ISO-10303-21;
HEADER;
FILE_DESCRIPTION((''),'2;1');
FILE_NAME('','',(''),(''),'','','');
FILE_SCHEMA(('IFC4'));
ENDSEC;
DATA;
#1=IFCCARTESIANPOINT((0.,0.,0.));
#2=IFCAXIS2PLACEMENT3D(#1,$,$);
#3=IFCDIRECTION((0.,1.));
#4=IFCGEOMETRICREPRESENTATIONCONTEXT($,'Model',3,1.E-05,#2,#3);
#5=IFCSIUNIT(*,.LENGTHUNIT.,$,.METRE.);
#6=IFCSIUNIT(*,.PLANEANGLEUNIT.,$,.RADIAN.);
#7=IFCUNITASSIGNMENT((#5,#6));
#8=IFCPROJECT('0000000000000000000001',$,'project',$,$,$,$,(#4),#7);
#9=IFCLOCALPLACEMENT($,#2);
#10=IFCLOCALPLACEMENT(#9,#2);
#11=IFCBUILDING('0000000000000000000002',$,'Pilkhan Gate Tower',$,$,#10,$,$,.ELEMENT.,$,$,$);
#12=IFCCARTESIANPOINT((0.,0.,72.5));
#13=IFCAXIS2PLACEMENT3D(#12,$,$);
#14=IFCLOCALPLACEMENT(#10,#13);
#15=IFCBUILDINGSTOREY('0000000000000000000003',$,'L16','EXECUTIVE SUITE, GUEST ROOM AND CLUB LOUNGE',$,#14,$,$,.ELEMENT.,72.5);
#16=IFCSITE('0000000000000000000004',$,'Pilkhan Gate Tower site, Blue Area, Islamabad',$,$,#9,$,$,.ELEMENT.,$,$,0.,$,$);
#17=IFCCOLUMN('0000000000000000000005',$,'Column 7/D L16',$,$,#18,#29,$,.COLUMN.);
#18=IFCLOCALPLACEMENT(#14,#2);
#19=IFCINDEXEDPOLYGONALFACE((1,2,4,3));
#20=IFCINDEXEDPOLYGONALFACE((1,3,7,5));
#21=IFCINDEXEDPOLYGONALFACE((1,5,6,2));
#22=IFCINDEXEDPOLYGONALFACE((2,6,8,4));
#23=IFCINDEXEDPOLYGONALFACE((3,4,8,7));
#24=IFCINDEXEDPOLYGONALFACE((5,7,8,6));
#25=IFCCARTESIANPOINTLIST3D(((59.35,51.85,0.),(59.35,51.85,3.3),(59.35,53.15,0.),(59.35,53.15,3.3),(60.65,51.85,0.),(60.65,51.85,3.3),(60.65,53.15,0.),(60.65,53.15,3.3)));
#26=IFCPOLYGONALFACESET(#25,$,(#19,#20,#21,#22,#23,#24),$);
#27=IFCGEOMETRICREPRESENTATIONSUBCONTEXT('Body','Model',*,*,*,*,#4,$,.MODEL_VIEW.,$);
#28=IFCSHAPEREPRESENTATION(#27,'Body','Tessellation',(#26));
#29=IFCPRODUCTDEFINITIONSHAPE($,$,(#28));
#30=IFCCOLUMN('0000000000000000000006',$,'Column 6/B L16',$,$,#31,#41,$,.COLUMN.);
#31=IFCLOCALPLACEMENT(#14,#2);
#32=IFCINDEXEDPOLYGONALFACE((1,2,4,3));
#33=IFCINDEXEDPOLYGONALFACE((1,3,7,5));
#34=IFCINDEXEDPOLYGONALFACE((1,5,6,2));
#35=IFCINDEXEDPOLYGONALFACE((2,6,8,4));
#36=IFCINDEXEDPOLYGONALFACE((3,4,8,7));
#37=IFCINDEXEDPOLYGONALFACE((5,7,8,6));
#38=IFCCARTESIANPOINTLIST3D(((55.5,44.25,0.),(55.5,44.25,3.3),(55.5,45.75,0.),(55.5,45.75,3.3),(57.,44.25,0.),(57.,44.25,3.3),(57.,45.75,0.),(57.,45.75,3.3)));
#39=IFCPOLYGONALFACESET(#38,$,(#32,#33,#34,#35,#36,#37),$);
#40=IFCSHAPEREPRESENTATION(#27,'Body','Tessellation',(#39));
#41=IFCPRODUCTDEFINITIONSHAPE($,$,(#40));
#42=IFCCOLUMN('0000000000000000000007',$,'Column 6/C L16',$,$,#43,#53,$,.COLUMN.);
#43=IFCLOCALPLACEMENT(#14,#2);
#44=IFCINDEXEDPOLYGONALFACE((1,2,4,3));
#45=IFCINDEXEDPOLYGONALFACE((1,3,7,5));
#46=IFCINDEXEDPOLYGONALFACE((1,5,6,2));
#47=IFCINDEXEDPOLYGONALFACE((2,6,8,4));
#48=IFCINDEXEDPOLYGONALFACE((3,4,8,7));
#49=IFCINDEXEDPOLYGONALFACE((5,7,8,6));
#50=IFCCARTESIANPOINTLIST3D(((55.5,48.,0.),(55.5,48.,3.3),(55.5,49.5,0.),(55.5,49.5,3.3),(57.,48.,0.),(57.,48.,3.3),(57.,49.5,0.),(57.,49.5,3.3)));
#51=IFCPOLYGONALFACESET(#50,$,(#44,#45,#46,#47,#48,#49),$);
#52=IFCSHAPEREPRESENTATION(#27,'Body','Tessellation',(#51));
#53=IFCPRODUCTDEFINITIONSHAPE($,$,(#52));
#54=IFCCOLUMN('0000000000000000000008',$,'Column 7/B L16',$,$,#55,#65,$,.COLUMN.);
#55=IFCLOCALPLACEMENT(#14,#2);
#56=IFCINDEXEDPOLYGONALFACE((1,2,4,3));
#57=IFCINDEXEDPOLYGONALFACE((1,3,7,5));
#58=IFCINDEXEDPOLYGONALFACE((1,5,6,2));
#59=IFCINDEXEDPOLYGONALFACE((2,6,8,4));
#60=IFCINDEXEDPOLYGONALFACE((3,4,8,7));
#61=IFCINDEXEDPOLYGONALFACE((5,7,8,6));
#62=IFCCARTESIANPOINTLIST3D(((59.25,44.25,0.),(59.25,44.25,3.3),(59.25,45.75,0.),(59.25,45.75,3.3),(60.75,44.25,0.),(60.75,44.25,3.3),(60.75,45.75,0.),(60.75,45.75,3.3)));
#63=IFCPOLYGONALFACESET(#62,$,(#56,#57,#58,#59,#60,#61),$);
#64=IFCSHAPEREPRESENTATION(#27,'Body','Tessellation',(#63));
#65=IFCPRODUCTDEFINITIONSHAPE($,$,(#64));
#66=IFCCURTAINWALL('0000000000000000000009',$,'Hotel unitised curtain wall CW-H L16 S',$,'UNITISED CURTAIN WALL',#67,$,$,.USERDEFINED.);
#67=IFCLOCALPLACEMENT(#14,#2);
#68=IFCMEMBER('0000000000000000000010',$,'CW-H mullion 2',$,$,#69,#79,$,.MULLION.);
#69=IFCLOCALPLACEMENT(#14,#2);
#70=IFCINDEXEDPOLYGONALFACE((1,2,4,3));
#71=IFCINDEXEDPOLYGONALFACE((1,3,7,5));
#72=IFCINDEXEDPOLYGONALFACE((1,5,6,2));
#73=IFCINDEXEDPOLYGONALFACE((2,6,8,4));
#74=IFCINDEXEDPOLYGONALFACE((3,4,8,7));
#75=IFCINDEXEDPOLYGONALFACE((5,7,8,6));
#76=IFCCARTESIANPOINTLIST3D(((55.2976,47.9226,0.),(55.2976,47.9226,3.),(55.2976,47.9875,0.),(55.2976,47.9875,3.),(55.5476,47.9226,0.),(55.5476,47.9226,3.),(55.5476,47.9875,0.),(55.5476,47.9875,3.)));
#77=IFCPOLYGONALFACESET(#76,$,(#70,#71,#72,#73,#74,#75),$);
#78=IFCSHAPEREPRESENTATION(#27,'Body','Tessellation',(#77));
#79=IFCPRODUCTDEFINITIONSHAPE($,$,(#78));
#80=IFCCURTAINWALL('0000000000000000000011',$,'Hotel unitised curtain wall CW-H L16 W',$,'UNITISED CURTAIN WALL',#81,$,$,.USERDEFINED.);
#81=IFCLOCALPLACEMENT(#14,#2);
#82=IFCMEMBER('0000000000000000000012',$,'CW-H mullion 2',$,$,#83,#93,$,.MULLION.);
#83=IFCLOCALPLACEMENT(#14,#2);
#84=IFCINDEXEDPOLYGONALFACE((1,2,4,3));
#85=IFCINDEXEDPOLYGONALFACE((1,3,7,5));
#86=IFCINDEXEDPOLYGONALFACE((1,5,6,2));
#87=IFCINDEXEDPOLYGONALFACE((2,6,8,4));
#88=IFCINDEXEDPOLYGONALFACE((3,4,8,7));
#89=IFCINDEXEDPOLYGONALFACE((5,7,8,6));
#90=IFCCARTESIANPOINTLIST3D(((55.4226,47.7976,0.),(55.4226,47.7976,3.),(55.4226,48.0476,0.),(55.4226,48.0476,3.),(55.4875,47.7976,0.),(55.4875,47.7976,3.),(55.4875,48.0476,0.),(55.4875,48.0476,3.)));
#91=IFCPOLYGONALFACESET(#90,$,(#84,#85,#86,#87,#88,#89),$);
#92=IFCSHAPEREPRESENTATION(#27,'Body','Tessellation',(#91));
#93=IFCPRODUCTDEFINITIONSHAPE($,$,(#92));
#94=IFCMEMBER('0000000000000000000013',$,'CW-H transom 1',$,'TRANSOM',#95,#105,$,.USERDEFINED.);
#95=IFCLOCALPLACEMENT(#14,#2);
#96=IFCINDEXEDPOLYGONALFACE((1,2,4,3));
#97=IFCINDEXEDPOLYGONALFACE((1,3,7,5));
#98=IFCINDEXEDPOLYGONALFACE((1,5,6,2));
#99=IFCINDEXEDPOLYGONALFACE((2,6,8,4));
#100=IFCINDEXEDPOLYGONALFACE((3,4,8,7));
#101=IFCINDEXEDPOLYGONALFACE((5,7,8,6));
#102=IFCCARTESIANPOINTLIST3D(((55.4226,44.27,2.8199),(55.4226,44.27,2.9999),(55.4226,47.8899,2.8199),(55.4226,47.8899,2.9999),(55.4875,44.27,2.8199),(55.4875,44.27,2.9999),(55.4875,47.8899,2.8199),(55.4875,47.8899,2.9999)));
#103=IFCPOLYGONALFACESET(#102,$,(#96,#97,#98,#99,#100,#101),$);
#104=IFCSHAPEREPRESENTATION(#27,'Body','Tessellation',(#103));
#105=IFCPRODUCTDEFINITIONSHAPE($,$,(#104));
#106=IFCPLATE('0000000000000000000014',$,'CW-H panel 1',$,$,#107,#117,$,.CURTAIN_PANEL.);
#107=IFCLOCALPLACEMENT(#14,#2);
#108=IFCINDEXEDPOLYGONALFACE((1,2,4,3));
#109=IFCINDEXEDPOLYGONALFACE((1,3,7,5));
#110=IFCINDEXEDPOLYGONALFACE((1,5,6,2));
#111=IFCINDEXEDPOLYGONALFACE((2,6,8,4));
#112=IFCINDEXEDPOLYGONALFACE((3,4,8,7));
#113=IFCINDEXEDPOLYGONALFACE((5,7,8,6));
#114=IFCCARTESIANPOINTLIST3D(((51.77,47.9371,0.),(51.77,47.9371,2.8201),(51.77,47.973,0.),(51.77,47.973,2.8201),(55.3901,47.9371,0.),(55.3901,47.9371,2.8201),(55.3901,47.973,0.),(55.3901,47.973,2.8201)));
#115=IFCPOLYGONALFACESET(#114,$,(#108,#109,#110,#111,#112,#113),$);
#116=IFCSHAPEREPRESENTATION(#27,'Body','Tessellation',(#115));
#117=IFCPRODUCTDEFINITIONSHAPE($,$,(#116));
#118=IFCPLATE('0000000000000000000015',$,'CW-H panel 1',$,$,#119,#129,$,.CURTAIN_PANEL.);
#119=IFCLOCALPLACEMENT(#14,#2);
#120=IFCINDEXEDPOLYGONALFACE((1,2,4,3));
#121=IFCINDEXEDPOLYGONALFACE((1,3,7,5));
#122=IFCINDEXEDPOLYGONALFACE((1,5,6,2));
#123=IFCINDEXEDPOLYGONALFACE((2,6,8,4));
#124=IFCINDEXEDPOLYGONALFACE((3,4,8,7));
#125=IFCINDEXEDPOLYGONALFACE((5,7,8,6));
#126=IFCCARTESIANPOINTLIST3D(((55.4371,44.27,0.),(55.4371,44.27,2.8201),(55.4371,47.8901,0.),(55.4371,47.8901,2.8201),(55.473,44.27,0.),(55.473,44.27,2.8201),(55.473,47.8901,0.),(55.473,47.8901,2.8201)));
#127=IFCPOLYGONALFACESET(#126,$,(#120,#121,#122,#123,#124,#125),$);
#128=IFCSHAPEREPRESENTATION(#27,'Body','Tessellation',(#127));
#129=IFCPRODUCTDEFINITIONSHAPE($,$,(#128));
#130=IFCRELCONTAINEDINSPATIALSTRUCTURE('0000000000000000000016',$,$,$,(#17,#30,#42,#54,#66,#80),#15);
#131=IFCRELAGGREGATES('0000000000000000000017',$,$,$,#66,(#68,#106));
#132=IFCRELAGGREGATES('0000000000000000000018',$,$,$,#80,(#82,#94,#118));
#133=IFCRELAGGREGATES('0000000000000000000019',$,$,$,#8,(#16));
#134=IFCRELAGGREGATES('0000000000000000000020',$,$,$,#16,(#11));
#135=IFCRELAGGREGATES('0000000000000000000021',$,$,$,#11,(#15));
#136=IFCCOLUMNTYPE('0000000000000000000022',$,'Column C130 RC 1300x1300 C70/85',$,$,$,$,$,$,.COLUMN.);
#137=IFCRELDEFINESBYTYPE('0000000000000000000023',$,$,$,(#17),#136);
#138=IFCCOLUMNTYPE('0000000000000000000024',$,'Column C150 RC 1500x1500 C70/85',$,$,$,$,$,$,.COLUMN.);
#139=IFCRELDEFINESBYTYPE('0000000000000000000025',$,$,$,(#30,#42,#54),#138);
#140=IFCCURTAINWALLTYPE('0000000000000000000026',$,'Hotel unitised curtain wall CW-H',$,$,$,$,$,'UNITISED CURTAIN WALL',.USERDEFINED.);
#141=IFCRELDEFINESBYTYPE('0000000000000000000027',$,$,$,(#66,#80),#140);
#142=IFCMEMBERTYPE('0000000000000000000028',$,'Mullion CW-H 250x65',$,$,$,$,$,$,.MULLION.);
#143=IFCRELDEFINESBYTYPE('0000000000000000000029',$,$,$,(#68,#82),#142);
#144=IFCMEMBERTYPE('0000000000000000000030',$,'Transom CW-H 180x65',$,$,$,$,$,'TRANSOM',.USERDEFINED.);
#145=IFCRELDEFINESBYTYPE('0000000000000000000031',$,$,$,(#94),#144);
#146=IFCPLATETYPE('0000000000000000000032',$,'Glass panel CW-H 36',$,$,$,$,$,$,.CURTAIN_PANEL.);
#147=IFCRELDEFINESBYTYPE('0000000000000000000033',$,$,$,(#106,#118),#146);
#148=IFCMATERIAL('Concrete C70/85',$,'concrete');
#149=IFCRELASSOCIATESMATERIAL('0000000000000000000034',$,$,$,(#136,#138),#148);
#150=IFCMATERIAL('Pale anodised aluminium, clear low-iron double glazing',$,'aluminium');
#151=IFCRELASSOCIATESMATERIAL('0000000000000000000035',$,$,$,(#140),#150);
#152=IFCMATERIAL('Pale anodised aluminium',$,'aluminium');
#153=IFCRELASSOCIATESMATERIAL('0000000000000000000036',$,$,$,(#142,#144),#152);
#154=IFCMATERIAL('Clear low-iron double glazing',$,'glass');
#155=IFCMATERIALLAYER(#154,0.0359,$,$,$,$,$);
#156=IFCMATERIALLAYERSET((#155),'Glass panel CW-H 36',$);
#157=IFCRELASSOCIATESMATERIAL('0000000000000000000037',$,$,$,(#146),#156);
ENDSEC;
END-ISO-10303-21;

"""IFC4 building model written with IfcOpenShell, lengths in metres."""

from ifc_helpers import new_model, si_unit, direction, frame, origin, origin_2d, place, context, subcontext, project, spatial, rectangle, extrude, material, layer, layer_set, material_profile, profile_set, type_object, element, aggregate, save


model = new_model("IFC4")

# Units and contexts
model_context = context("Model", 3, precision=1e-05, world=origin(), true_north=direction((0.0, 1.0)))
body_context = subcontext(model_context, "Body", "Model", "MODEL_VIEW")
ifc_project = project(units=[si_unit("LENGTHUNIT", "METRE"), si_unit("PLANEANGLEUNIT", "RADIAN")], contexts=[model_context])

# Site, building, storey
site_placement = place(None, origin())
site = spatial("IfcSite", under=ifc_project, at=site_placement, Name="Pilkhan Gate Tower site, Blue Area, Islamabad", CompositionType="ELEMENT", RefElevation=0.0)
building_placement = place(site_placement, origin())
building = spatial("IfcBuilding", under=site, at=building_placement, Name="Pilkhan Gate Tower", CompositionType="ELEMENT")
storey_placement = place(building_placement, frame((0.0, 0.0, 72.5)))
storey = spatial("IfcBuildingStorey", under=building, at=storey_placement, Name="L16", Description="EXECUTIVE SUITE, GUEST ROOM AND CLUB LOUNGE", CompositionType="ELEMENT", Elevation=72.5)

# Columns
ifc_material_1 = material(Name="Concrete C70/85", Category="concrete")
ifc_material_profile_1 = material_profile(ifc_material_1, rectangle(XDim=1.3, YDim=1.3, at=origin_2d()), Name="RC 1300x1300")
ifc_profile_set_1 = profile_set([ifc_material_profile_1], Name="Concrete C70/85")
column_type_1 = type_object("IfcColumnType", Name="Column C130 RC 1300x1300 C70/85", PredefinedType="COLUMN", material=ifc_profile_set_1)
column_placement = place(storey_placement, frame((60.0, 52.5, 0.0), z_axis=(0.0, 0.0, 1.0), x_axis=(1.0, 0.0, 0.0)))
element("IfcColumn", 1, at=column_placement, inside=storey, type_object=column_type_1, Name="Column 7/D L16", PredefinedType="COLUMN", context=body_context, shape_type="SweptSolid", body=[
    extrude(rectangle(XDim=1.3, YDim=1.3, at=origin_2d()), origin(), (0.0, 0.0, 1.0), 3.3),
])
ifc_material_profile_2 = material_profile(ifc_material_1, rectangle(XDim=1.5, YDim=1.5, at=origin_2d()), Name="RC 1500x1500")
ifc_profile_set_2 = profile_set([ifc_material_profile_2], Name="Concrete C70/85")
column_type_2 = type_object("IfcColumnType", Name="Column C150 RC 1500x1500 C70/85", PredefinedType="COLUMN", material=ifc_profile_set_2)
for number, where, z_axis, x_axis, name in (
    (2, (56.25, 45.0, 0.0), (0.0, 0.0, 1.0), (1.0, 0.0, 0.0), "Column 6/B L16"),
    (3, (56.25, 48.75, 0.0), (0.0, 0.0, 1.0), (1.0, 0.0, 0.0), "Column 6/C L16"),
    (4, (60.0, 45.0, 0.0), (0.0, 0.0, 1.0), (1.0, 0.0, 0.0), "Column 7/B L16"),
):
    element("IfcColumn", number, at=place(storey_placement, frame(where, z_axis=z_axis, x_axis=x_axis)), inside=storey, type_object=column_type_2, Name=name, PredefinedType="COLUMN", context=body_context, shape_type="SweptSolid", body=[
        extrude(rectangle(XDim=1.5, YDim=1.5, at=origin_2d()), origin(), (0.0, 0.0, 1.0), 3.3),
    ])

# Curtain wall, member
ifc_material_2 = material(Name="Pale anodised aluminium, clear low-iron double glazing", Category="aluminium")
curtain_wall_type = type_object("IfcCurtainWallType", Name="Hotel unitised curtain wall CW-H", ElementType="UNITISED CURTAIN WALL", PredefinedType="USERDEFINED", material=ifc_material_2)
curtain_wall_1_placement = place(storey_placement, origin())
curtain_wall_1 = element("IfcCurtainWall", 5, at=curtain_wall_1_placement, inside=storey, type_object=curtain_wall_type, Name="Hotel unitised curtain wall CW-H L16 S", ObjectType="UNITISED CURTAIN WALL", PredefinedType="USERDEFINED")
ifc_material_3 = material(Name="Pale anodised aluminium", Category="aluminium")
ifc_material_profile_3 = material_profile(ifc_material_3, rectangle(XDim=0.0649, YDim=0.25, at=origin_2d()), Name="Mullion 250x65")
ifc_profile_set_3 = profile_set([ifc_material_profile_3], Name="Pale anodised aluminium")
member_type_1 = type_object("IfcMemberType", Name="Mullion CW-H 250x65", PredefinedType="MULLION", material=ifc_profile_set_3)
member_1_placement = place(storey_placement, frame((55.4226, 47.9551, 0.0), z_axis=(0.0, 0.0, 1.0), x_axis=(0.0, 1.0, 0.0)))
member_1 = element("IfcMember", 6, at=member_1_placement, type_object=member_type_1, Name="CW-H mullion 2", PredefinedType="MULLION", context=body_context, shape_type="SweptSolid", body=[
    extrude(rectangle(XDim=0.0649, YDim=0.25, at=origin_2d()), origin(), (0.0, 0.0, 1.0), 3.0),
])

# Curtain wall, members
curtain_wall_2_placement = place(storey_placement, origin())
curtain_wall_2 = element("IfcCurtainWall", 7, at=curtain_wall_2_placement, inside=storey, type_object=curtain_wall_type, Name="Hotel unitised curtain wall CW-H L16 W", ObjectType="UNITISED CURTAIN WALL", PredefinedType="USERDEFINED")
member_2_placement = place(storey_placement, frame((55.4551, 47.9226, 0.0), z_axis=(0.0, 0.0, 1.0), x_axis=(-1.0, 0.0, 0.0)))
member_2 = element("IfcMember", 8, at=member_2_placement, type_object=member_type_1, Name="CW-H mullion 2", PredefinedType="MULLION", context=body_context, shape_type="SweptSolid", body=[
    extrude(rectangle(XDim=0.0649, YDim=0.25, at=origin_2d()), origin(), (0.0, 0.0, 1.0), 3.0),
])
ifc_material_profile_4 = material_profile(ifc_material_3, rectangle(XDim=0.0649, YDim=0.1799, at=origin_2d()), Name="Transom 180x65")
ifc_profile_set_4 = profile_set([ifc_material_profile_4], Name="Pale anodised aluminium")
member_type_2 = type_object("IfcMemberType", Name="Transom CW-H 180x65", ElementType="TRANSOM", PredefinedType="USERDEFINED", material=ifc_profile_set_4)
member_3_placement = place(storey_placement, frame((55.4551, 44.27, 2.9099), z_axis=(0.0, 1.0, 0.0), x_axis=(-1.0, 0.0, 0.0)))
member_3 = element("IfcMember", 9, at=member_3_placement, type_object=member_type_2, Name="CW-H transom 1", ObjectType="TRANSOM", PredefinedType="USERDEFINED", context=body_context, shape_type="SweptSolid", body=[
    extrude(rectangle(XDim=0.0649, YDim=0.1799, at=origin_2d()), origin(), (0.0, 0.0, 1.0), 3.6199),
])

# Plates
ifc_material_4 = material(Name="Clear low-iron double glazing", Category="glass")
ifc_layer_1 = layer(ifc_material_4, 0.0359)
ifc_layer_set_1 = layer_set([ifc_layer_1], Name="Glass panel CW-H 36")
plate_type = type_object("IfcPlateType", Name="Glass panel CW-H 36", PredefinedType="CURTAIN_PANEL", material=ifc_layer_set_1)
plate_1_placement = place(storey_placement, frame((53.5801, 47.9551, 0.0), z_axis=(0.0, 0.0, 1.0), x_axis=(1.0, 0.0, 0.0)))
plate_1 = element("IfcPlate", 10, at=plate_1_placement, type_object=plate_type, Name="CW-H panel 1", PredefinedType="CURTAIN_PANEL", context=body_context, shape_type="SweptSolid", body=[
    extrude(rectangle(XDim=3.6201, YDim=0.0359, at=origin_2d()), origin(), (0.0, 0.0, 1.0), 2.8201),
])
aggregate(curtain_wall_1, [member_1, plate_1])
plate_2_placement = place(storey_placement, frame((55.4551, 46.0801, 0.0), z_axis=(0.0, 0.0, 1.0), x_axis=(0.0, 1.0, 0.0)))
plate_2 = element("IfcPlate", 11, at=plate_2_placement, type_object=plate_type, Name="CW-H panel 1", PredefinedType="CURTAIN_PANEL", context=body_context, shape_type="SweptSolid", body=[
    extrude(rectangle(XDim=3.6201, YDim=0.0359, at=origin_2d()), origin(), (0.0, 0.0, 1.0), 2.8201),
])
aggregate(curtain_wall_2, [member_2, member_3, plate_2])

save(model, "model.ifc")
